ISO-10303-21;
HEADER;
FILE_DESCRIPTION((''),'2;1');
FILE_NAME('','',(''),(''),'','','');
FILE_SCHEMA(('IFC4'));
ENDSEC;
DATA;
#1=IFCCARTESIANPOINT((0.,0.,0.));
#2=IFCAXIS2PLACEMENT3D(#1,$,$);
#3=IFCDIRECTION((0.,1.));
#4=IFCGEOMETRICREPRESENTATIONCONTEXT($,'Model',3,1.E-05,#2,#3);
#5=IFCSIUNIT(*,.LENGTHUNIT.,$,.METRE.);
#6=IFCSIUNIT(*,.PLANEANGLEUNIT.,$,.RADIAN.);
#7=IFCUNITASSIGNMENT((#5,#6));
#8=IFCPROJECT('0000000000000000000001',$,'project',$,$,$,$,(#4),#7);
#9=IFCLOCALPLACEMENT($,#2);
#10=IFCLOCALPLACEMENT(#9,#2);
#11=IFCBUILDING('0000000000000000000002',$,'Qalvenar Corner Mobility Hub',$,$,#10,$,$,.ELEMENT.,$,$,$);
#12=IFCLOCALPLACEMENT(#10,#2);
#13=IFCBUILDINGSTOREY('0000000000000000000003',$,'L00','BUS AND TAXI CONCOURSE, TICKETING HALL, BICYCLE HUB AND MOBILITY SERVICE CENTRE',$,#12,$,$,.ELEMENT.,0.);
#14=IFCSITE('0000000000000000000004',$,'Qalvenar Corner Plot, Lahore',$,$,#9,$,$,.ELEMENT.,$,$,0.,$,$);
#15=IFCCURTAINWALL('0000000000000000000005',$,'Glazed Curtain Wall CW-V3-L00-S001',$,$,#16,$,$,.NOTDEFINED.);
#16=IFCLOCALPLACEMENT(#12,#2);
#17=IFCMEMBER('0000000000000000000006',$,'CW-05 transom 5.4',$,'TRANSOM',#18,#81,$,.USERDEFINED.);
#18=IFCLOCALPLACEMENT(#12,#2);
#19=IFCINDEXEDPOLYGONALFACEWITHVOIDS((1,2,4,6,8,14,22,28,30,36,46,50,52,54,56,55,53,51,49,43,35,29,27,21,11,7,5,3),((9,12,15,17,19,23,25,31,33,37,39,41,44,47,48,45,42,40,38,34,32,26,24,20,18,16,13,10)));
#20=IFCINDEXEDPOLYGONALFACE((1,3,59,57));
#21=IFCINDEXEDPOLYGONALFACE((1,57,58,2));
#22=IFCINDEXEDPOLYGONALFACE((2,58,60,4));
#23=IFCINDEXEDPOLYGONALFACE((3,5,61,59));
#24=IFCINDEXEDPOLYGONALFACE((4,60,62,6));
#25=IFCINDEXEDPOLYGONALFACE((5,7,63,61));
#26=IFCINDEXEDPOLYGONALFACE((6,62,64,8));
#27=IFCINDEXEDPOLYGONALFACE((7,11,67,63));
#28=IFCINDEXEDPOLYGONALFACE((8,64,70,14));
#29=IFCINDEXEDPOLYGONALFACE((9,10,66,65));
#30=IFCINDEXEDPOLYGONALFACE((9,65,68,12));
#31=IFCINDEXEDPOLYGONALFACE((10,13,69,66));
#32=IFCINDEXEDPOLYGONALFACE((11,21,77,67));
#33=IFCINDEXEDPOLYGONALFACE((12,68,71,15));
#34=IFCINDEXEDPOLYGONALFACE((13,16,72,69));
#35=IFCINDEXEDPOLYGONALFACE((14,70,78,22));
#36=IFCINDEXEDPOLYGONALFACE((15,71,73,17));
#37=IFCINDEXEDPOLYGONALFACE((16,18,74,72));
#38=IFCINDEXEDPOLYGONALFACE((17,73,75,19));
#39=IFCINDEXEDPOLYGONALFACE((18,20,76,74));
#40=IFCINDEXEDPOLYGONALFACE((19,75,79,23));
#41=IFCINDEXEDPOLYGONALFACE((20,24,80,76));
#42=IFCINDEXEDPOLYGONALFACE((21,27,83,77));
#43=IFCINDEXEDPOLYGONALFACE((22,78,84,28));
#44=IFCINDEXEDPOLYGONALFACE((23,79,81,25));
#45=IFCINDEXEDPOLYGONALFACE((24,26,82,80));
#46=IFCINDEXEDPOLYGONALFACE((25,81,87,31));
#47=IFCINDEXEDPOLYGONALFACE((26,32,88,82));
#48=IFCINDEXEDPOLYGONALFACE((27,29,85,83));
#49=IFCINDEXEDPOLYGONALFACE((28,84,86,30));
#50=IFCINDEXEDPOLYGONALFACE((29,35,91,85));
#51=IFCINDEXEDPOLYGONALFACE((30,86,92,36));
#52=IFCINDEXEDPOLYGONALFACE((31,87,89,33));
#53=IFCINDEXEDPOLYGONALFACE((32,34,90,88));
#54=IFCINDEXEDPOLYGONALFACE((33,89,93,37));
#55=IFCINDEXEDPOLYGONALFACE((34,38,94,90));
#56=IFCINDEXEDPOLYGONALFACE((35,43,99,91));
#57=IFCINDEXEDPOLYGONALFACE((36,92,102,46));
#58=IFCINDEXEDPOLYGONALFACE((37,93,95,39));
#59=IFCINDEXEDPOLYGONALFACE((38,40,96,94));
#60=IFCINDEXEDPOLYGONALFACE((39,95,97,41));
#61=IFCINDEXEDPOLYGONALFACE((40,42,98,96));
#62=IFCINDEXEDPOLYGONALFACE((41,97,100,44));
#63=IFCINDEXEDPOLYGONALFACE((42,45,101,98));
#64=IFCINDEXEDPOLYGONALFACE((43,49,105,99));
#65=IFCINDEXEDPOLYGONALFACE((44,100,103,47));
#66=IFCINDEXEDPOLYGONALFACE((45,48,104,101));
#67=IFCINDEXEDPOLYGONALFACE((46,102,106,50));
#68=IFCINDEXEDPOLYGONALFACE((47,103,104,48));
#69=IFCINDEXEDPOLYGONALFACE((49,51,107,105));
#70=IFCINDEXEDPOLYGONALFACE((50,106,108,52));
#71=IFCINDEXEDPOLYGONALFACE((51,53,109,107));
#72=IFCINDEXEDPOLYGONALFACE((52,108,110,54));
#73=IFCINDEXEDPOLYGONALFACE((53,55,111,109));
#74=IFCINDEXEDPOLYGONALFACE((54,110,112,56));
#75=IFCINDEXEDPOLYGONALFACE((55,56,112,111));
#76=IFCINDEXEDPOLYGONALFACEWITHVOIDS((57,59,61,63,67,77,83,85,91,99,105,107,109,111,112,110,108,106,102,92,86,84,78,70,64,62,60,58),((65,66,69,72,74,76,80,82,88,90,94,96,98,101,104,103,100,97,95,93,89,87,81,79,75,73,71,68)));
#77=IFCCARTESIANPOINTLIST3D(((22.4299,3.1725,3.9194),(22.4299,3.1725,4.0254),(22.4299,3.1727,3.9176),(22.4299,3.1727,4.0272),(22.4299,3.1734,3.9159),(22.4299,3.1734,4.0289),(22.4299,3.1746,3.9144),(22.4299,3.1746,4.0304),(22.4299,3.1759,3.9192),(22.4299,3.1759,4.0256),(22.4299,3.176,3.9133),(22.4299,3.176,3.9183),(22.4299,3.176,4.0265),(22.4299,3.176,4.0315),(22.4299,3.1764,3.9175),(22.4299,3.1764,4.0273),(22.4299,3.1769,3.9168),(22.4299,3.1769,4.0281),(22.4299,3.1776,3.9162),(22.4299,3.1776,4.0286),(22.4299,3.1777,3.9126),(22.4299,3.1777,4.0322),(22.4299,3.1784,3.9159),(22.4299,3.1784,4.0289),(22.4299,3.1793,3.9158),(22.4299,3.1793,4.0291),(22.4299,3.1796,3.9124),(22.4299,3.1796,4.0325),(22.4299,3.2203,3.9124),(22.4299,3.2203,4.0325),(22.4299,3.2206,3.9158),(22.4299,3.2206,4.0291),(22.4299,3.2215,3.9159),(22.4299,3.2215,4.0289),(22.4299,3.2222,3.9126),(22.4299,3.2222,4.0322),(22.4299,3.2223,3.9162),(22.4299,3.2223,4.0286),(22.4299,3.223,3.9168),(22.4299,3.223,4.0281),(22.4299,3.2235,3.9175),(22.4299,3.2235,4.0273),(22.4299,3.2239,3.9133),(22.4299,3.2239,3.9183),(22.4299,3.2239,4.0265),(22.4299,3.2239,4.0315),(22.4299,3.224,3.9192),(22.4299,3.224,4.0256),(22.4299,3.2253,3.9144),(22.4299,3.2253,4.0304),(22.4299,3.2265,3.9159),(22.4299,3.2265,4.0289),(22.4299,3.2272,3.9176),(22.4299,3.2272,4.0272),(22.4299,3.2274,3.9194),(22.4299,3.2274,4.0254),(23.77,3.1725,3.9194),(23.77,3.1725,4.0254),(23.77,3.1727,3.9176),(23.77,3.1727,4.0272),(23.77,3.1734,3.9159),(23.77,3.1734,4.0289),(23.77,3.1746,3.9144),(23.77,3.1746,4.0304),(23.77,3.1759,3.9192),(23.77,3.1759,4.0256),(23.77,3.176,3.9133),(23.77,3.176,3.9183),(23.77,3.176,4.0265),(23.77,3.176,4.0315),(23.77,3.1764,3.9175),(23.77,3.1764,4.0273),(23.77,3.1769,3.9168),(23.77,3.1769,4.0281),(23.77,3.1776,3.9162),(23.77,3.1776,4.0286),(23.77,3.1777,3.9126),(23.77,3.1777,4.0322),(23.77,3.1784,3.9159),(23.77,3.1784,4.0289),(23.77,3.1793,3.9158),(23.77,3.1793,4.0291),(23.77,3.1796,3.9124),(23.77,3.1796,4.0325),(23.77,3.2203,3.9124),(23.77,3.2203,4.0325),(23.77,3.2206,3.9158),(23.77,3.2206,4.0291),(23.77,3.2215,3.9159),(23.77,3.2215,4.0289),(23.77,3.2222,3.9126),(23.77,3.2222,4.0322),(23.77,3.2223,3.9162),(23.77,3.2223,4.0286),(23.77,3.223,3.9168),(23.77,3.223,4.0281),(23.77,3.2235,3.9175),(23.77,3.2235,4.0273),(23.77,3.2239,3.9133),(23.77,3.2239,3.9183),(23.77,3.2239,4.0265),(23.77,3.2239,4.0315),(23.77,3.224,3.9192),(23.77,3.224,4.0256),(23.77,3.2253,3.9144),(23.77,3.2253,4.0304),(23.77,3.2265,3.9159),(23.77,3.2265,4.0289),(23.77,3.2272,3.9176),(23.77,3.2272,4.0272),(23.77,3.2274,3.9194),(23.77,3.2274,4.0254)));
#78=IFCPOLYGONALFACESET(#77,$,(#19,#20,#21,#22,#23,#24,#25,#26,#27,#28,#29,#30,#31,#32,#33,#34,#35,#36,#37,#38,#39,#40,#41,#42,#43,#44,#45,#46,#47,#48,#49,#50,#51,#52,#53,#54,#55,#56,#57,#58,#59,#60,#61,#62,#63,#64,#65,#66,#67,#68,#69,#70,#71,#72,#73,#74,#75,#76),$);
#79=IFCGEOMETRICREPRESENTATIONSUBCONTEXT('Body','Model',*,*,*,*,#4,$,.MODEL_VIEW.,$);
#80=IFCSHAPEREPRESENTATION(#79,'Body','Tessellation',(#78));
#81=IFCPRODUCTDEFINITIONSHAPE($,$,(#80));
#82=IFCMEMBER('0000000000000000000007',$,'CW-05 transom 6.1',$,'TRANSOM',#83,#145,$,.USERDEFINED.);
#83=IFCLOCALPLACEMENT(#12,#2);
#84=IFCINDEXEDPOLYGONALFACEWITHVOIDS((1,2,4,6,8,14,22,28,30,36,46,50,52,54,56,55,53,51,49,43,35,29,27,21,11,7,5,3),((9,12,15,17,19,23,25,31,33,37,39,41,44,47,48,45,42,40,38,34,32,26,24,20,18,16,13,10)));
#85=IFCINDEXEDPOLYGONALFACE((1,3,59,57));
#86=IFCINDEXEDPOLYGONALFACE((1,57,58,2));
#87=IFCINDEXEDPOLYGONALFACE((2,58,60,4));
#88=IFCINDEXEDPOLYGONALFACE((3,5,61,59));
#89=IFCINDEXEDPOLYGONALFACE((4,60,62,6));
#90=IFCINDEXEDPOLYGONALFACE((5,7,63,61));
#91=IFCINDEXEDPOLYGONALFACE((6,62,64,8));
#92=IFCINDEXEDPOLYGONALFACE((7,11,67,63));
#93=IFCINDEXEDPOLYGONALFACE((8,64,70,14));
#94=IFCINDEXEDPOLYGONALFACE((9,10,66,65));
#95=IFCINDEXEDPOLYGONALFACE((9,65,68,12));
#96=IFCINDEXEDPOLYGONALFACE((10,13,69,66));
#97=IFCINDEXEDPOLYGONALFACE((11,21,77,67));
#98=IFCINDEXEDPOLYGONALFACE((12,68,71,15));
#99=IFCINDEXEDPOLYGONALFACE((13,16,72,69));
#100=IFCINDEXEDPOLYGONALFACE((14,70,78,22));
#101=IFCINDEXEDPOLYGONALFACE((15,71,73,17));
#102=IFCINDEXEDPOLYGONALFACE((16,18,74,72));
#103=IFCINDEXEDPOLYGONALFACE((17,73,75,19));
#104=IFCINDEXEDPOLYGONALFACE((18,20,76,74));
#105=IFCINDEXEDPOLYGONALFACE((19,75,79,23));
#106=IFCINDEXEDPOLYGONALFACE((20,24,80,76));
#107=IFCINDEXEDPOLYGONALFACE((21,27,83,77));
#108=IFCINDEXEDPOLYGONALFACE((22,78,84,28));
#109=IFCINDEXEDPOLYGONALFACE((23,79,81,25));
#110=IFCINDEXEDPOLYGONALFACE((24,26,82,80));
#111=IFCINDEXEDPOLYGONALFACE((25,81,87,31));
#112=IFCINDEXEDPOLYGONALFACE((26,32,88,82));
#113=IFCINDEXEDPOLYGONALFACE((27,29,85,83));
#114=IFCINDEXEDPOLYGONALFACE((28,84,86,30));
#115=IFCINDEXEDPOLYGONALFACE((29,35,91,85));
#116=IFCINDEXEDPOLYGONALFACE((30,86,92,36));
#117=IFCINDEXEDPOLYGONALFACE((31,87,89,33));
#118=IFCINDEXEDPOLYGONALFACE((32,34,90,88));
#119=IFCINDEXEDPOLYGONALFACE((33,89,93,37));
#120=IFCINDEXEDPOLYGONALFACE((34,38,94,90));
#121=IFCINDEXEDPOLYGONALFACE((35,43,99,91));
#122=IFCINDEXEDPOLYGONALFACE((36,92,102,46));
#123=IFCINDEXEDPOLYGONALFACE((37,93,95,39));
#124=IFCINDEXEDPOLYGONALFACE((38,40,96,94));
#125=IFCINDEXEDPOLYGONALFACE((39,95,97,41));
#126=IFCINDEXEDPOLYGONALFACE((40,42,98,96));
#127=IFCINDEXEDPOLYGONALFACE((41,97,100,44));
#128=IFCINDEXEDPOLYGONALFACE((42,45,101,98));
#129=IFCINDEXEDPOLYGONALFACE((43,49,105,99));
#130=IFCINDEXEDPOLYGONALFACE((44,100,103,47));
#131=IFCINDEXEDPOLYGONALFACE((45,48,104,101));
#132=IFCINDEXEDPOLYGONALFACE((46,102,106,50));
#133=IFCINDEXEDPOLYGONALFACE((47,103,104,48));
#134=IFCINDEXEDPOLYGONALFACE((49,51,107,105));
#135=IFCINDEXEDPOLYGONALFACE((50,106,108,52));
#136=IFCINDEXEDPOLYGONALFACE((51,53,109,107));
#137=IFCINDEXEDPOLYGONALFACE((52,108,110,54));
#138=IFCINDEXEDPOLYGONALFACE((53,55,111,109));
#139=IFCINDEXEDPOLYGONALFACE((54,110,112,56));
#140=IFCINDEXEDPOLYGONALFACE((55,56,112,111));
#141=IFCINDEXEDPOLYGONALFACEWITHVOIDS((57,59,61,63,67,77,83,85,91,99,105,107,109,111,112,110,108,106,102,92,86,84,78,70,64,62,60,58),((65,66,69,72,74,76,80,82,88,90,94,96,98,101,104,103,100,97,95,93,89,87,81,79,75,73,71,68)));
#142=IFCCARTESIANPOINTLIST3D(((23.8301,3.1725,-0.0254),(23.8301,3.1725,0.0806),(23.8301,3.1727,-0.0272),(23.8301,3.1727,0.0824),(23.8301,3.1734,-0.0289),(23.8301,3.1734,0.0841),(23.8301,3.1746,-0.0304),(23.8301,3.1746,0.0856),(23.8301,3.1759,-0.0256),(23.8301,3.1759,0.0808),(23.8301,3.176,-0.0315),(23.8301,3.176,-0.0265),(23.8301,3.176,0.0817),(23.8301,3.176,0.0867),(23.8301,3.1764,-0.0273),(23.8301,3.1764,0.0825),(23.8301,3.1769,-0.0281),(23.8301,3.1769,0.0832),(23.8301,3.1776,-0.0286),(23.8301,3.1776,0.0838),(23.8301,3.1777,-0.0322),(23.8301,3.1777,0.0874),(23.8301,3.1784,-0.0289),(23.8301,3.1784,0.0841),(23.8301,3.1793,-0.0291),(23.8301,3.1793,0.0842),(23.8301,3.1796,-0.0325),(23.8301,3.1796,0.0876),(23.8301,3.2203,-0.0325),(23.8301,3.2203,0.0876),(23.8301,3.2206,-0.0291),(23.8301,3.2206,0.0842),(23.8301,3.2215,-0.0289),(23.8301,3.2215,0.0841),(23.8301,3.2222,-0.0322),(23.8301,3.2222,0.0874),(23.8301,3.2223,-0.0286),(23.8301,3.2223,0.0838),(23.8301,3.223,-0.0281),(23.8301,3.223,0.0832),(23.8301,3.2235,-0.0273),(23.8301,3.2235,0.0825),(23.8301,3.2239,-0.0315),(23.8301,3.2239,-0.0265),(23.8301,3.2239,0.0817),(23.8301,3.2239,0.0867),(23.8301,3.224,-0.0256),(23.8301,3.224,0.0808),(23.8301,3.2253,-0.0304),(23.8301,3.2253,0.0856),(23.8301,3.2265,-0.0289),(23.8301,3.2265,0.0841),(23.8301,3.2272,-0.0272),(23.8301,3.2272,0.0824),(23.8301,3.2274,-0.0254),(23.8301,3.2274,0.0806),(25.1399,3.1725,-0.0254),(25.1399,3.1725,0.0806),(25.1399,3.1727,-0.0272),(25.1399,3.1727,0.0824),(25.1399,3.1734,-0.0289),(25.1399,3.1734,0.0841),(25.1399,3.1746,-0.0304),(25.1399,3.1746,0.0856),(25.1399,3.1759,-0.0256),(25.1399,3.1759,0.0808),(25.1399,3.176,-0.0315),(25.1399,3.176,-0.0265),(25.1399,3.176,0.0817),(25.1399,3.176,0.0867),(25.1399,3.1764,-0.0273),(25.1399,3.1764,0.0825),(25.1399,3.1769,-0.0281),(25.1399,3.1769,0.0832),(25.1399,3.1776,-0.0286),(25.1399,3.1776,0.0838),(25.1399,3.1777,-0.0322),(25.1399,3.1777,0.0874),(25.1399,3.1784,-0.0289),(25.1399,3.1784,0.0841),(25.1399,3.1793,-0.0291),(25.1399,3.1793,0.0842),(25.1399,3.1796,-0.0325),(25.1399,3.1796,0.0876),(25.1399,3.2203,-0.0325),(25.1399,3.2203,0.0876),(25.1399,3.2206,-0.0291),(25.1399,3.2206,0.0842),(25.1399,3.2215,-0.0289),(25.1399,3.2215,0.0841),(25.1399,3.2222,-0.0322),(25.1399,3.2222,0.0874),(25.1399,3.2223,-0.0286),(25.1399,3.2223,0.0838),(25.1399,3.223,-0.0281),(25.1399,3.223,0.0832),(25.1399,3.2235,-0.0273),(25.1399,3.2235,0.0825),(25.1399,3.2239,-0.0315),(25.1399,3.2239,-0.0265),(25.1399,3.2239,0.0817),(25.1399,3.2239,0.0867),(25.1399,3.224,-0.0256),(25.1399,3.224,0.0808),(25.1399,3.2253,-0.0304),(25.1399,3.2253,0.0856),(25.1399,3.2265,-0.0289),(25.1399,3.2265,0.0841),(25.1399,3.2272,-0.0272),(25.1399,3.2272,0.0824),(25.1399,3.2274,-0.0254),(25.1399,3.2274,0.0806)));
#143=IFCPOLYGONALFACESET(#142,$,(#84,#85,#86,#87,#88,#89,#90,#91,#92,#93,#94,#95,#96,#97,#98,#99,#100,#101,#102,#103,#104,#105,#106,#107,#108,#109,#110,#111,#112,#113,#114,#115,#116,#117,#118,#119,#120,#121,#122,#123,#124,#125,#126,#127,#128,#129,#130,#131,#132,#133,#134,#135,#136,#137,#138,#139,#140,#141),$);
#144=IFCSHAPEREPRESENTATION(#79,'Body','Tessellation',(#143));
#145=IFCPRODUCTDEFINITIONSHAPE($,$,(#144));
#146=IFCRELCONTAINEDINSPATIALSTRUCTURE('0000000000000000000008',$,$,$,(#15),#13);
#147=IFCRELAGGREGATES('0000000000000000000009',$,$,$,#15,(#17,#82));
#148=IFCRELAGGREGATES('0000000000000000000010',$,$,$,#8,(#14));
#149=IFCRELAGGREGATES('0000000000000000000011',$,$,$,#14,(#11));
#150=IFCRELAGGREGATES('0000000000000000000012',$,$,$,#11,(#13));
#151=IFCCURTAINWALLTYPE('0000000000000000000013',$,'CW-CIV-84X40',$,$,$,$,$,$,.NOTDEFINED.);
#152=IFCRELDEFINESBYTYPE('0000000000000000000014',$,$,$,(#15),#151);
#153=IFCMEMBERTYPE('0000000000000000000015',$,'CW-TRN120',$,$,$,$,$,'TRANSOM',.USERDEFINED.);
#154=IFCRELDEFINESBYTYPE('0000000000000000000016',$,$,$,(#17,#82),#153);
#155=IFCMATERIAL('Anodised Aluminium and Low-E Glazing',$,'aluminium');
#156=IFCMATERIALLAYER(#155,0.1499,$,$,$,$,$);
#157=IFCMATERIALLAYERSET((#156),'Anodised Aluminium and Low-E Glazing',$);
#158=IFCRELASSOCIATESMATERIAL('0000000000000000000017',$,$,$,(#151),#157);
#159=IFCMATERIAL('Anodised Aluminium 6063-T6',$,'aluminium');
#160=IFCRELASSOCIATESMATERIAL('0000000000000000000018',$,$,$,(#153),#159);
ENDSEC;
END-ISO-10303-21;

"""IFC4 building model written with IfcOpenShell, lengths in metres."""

from ifc_helpers import new_model, si_unit, direction, frame, origin, origin_2d, place, context, subcontext, project, spatial, hollow_rectangle, extrude, material, layer, layer_set, material_profile, profile_set, type_object, element, aggregate, save


model = new_model("IFC4")

# Units and contexts
model_context = context("Model", 3, precision=1e-05, world=origin(), true_north=direction((0.0, 1.0)))
body_context = subcontext(model_context, "Body", "Model", "MODEL_VIEW")
ifc_project = project(units=[si_unit("LENGTHUNIT", "METRE"), si_unit("PLANEANGLEUNIT", "RADIAN")], contexts=[model_context])

# Site, building, storey
site_placement = place(None, origin())
site = spatial("IfcSite", under=ifc_project, at=site_placement, Name="Qalvenar Corner Plot, Lahore", CompositionType="ELEMENT", RefElevation=0.0)
building_placement = place(site_placement, origin())
building = spatial("IfcBuilding", under=site, at=building_placement, Name="Qalvenar Corner Mobility Hub", CompositionType="ELEMENT")
storey_placement = place(building_placement, origin())
storey = spatial("IfcBuildingStorey", under=building, at=storey_placement, Name="L00", Description="BUS AND TAXI CONCOURSE, TICKETING HALL, BICYCLE HUB AND MOBILITY SERVICE CENTRE", CompositionType="ELEMENT", Elevation=0.0)

# Curtain wall, members
ifc_material_1 = material(Name="Anodised Aluminium and Low-E Glazing", Category="aluminium")
ifc_layer_1 = layer(ifc_material_1, 0.1499)
ifc_layer_set_1 = layer_set([ifc_layer_1], Name="Anodised Aluminium and Low-E Glazing")
curtain_wall_type = type_object("IfcCurtainWallType", Name="CW-CIV-84X40", PredefinedType="NOTDEFINED", material=ifc_layer_set_1)
curtain_wall_placement = place(storey_placement, origin())
curtain_wall = element("IfcCurtainWall", 1, at=curtain_wall_placement, inside=storey, type_object=curtain_wall_type, Name="Glazed Curtain Wall CW-V3-L00-S001", PredefinedType="NOTDEFINED")
ifc_material_2 = material(Name="Anodised Aluminium 6063-T6", Category="aluminium")
ifc_material_profile_1 = material_profile(ifc_material_2, hollow_rectangle(XDim=0.0549, YDim=0.1201, WallThickness=0.0034, InnerFilletRadius=0.0034, OuterFilletRadius=0.0071, at=origin_2d()), Name="RHS120x55x3.5")
ifc_profile_set_1 = profile_set([ifc_material_profile_1], Name="Anodised Aluminium 6063-T6")
member_type_1 = type_object("IfcMemberType", Name="CW-TRN120", ElementType="TRANSOM", PredefinedType="USERDEFINED", material=ifc_profile_set_1)
member_1_placement = place(storey_placement, frame((22.4299, 3.2, 3.9724), z_axis=(1.0, 0.0, 0.0), x_axis=(0.0, 1.0, 0.0)))
member_1 = element("IfcMember", 2, at=member_1_placement, type_object=member_type_1, Name="CW-05 transom 5.4", ObjectType="TRANSOM", PredefinedType="USERDEFINED", context=body_context, shape_type="SweptSolid", body=[
    extrude(hollow_rectangle(XDim=0.0549, YDim=0.1201, WallThickness=0.0034, InnerFilletRadius=0.0034, OuterFilletRadius=0.0071, at=origin_2d()), origin(), (0.0, 0.0, 1.0), 1.3401),
])
member_2_placement = place(storey_placement, frame((23.8301, 3.2, 0.0276), z_axis=(1.0, 0.0, 0.0), x_axis=(0.0, 1.0, 0.0)))
member_2 = element("IfcMember", 3, at=member_2_placement, type_object=member_type_1, Name="CW-05 transom 6.1", ObjectType="TRANSOM", PredefinedType="USERDEFINED", context=body_context, shape_type="SweptSolid", body=[
    extrude(hollow_rectangle(XDim=0.0549, YDim=0.1201, WallThickness=0.0034, InnerFilletRadius=0.0034, OuterFilletRadius=0.0071, at=origin_2d()), origin(), (0.0, 0.0, 1.0), 1.3098),
])
aggregate(curtain_wall, [member_1, member_2])

save(model, "model.ifc")
